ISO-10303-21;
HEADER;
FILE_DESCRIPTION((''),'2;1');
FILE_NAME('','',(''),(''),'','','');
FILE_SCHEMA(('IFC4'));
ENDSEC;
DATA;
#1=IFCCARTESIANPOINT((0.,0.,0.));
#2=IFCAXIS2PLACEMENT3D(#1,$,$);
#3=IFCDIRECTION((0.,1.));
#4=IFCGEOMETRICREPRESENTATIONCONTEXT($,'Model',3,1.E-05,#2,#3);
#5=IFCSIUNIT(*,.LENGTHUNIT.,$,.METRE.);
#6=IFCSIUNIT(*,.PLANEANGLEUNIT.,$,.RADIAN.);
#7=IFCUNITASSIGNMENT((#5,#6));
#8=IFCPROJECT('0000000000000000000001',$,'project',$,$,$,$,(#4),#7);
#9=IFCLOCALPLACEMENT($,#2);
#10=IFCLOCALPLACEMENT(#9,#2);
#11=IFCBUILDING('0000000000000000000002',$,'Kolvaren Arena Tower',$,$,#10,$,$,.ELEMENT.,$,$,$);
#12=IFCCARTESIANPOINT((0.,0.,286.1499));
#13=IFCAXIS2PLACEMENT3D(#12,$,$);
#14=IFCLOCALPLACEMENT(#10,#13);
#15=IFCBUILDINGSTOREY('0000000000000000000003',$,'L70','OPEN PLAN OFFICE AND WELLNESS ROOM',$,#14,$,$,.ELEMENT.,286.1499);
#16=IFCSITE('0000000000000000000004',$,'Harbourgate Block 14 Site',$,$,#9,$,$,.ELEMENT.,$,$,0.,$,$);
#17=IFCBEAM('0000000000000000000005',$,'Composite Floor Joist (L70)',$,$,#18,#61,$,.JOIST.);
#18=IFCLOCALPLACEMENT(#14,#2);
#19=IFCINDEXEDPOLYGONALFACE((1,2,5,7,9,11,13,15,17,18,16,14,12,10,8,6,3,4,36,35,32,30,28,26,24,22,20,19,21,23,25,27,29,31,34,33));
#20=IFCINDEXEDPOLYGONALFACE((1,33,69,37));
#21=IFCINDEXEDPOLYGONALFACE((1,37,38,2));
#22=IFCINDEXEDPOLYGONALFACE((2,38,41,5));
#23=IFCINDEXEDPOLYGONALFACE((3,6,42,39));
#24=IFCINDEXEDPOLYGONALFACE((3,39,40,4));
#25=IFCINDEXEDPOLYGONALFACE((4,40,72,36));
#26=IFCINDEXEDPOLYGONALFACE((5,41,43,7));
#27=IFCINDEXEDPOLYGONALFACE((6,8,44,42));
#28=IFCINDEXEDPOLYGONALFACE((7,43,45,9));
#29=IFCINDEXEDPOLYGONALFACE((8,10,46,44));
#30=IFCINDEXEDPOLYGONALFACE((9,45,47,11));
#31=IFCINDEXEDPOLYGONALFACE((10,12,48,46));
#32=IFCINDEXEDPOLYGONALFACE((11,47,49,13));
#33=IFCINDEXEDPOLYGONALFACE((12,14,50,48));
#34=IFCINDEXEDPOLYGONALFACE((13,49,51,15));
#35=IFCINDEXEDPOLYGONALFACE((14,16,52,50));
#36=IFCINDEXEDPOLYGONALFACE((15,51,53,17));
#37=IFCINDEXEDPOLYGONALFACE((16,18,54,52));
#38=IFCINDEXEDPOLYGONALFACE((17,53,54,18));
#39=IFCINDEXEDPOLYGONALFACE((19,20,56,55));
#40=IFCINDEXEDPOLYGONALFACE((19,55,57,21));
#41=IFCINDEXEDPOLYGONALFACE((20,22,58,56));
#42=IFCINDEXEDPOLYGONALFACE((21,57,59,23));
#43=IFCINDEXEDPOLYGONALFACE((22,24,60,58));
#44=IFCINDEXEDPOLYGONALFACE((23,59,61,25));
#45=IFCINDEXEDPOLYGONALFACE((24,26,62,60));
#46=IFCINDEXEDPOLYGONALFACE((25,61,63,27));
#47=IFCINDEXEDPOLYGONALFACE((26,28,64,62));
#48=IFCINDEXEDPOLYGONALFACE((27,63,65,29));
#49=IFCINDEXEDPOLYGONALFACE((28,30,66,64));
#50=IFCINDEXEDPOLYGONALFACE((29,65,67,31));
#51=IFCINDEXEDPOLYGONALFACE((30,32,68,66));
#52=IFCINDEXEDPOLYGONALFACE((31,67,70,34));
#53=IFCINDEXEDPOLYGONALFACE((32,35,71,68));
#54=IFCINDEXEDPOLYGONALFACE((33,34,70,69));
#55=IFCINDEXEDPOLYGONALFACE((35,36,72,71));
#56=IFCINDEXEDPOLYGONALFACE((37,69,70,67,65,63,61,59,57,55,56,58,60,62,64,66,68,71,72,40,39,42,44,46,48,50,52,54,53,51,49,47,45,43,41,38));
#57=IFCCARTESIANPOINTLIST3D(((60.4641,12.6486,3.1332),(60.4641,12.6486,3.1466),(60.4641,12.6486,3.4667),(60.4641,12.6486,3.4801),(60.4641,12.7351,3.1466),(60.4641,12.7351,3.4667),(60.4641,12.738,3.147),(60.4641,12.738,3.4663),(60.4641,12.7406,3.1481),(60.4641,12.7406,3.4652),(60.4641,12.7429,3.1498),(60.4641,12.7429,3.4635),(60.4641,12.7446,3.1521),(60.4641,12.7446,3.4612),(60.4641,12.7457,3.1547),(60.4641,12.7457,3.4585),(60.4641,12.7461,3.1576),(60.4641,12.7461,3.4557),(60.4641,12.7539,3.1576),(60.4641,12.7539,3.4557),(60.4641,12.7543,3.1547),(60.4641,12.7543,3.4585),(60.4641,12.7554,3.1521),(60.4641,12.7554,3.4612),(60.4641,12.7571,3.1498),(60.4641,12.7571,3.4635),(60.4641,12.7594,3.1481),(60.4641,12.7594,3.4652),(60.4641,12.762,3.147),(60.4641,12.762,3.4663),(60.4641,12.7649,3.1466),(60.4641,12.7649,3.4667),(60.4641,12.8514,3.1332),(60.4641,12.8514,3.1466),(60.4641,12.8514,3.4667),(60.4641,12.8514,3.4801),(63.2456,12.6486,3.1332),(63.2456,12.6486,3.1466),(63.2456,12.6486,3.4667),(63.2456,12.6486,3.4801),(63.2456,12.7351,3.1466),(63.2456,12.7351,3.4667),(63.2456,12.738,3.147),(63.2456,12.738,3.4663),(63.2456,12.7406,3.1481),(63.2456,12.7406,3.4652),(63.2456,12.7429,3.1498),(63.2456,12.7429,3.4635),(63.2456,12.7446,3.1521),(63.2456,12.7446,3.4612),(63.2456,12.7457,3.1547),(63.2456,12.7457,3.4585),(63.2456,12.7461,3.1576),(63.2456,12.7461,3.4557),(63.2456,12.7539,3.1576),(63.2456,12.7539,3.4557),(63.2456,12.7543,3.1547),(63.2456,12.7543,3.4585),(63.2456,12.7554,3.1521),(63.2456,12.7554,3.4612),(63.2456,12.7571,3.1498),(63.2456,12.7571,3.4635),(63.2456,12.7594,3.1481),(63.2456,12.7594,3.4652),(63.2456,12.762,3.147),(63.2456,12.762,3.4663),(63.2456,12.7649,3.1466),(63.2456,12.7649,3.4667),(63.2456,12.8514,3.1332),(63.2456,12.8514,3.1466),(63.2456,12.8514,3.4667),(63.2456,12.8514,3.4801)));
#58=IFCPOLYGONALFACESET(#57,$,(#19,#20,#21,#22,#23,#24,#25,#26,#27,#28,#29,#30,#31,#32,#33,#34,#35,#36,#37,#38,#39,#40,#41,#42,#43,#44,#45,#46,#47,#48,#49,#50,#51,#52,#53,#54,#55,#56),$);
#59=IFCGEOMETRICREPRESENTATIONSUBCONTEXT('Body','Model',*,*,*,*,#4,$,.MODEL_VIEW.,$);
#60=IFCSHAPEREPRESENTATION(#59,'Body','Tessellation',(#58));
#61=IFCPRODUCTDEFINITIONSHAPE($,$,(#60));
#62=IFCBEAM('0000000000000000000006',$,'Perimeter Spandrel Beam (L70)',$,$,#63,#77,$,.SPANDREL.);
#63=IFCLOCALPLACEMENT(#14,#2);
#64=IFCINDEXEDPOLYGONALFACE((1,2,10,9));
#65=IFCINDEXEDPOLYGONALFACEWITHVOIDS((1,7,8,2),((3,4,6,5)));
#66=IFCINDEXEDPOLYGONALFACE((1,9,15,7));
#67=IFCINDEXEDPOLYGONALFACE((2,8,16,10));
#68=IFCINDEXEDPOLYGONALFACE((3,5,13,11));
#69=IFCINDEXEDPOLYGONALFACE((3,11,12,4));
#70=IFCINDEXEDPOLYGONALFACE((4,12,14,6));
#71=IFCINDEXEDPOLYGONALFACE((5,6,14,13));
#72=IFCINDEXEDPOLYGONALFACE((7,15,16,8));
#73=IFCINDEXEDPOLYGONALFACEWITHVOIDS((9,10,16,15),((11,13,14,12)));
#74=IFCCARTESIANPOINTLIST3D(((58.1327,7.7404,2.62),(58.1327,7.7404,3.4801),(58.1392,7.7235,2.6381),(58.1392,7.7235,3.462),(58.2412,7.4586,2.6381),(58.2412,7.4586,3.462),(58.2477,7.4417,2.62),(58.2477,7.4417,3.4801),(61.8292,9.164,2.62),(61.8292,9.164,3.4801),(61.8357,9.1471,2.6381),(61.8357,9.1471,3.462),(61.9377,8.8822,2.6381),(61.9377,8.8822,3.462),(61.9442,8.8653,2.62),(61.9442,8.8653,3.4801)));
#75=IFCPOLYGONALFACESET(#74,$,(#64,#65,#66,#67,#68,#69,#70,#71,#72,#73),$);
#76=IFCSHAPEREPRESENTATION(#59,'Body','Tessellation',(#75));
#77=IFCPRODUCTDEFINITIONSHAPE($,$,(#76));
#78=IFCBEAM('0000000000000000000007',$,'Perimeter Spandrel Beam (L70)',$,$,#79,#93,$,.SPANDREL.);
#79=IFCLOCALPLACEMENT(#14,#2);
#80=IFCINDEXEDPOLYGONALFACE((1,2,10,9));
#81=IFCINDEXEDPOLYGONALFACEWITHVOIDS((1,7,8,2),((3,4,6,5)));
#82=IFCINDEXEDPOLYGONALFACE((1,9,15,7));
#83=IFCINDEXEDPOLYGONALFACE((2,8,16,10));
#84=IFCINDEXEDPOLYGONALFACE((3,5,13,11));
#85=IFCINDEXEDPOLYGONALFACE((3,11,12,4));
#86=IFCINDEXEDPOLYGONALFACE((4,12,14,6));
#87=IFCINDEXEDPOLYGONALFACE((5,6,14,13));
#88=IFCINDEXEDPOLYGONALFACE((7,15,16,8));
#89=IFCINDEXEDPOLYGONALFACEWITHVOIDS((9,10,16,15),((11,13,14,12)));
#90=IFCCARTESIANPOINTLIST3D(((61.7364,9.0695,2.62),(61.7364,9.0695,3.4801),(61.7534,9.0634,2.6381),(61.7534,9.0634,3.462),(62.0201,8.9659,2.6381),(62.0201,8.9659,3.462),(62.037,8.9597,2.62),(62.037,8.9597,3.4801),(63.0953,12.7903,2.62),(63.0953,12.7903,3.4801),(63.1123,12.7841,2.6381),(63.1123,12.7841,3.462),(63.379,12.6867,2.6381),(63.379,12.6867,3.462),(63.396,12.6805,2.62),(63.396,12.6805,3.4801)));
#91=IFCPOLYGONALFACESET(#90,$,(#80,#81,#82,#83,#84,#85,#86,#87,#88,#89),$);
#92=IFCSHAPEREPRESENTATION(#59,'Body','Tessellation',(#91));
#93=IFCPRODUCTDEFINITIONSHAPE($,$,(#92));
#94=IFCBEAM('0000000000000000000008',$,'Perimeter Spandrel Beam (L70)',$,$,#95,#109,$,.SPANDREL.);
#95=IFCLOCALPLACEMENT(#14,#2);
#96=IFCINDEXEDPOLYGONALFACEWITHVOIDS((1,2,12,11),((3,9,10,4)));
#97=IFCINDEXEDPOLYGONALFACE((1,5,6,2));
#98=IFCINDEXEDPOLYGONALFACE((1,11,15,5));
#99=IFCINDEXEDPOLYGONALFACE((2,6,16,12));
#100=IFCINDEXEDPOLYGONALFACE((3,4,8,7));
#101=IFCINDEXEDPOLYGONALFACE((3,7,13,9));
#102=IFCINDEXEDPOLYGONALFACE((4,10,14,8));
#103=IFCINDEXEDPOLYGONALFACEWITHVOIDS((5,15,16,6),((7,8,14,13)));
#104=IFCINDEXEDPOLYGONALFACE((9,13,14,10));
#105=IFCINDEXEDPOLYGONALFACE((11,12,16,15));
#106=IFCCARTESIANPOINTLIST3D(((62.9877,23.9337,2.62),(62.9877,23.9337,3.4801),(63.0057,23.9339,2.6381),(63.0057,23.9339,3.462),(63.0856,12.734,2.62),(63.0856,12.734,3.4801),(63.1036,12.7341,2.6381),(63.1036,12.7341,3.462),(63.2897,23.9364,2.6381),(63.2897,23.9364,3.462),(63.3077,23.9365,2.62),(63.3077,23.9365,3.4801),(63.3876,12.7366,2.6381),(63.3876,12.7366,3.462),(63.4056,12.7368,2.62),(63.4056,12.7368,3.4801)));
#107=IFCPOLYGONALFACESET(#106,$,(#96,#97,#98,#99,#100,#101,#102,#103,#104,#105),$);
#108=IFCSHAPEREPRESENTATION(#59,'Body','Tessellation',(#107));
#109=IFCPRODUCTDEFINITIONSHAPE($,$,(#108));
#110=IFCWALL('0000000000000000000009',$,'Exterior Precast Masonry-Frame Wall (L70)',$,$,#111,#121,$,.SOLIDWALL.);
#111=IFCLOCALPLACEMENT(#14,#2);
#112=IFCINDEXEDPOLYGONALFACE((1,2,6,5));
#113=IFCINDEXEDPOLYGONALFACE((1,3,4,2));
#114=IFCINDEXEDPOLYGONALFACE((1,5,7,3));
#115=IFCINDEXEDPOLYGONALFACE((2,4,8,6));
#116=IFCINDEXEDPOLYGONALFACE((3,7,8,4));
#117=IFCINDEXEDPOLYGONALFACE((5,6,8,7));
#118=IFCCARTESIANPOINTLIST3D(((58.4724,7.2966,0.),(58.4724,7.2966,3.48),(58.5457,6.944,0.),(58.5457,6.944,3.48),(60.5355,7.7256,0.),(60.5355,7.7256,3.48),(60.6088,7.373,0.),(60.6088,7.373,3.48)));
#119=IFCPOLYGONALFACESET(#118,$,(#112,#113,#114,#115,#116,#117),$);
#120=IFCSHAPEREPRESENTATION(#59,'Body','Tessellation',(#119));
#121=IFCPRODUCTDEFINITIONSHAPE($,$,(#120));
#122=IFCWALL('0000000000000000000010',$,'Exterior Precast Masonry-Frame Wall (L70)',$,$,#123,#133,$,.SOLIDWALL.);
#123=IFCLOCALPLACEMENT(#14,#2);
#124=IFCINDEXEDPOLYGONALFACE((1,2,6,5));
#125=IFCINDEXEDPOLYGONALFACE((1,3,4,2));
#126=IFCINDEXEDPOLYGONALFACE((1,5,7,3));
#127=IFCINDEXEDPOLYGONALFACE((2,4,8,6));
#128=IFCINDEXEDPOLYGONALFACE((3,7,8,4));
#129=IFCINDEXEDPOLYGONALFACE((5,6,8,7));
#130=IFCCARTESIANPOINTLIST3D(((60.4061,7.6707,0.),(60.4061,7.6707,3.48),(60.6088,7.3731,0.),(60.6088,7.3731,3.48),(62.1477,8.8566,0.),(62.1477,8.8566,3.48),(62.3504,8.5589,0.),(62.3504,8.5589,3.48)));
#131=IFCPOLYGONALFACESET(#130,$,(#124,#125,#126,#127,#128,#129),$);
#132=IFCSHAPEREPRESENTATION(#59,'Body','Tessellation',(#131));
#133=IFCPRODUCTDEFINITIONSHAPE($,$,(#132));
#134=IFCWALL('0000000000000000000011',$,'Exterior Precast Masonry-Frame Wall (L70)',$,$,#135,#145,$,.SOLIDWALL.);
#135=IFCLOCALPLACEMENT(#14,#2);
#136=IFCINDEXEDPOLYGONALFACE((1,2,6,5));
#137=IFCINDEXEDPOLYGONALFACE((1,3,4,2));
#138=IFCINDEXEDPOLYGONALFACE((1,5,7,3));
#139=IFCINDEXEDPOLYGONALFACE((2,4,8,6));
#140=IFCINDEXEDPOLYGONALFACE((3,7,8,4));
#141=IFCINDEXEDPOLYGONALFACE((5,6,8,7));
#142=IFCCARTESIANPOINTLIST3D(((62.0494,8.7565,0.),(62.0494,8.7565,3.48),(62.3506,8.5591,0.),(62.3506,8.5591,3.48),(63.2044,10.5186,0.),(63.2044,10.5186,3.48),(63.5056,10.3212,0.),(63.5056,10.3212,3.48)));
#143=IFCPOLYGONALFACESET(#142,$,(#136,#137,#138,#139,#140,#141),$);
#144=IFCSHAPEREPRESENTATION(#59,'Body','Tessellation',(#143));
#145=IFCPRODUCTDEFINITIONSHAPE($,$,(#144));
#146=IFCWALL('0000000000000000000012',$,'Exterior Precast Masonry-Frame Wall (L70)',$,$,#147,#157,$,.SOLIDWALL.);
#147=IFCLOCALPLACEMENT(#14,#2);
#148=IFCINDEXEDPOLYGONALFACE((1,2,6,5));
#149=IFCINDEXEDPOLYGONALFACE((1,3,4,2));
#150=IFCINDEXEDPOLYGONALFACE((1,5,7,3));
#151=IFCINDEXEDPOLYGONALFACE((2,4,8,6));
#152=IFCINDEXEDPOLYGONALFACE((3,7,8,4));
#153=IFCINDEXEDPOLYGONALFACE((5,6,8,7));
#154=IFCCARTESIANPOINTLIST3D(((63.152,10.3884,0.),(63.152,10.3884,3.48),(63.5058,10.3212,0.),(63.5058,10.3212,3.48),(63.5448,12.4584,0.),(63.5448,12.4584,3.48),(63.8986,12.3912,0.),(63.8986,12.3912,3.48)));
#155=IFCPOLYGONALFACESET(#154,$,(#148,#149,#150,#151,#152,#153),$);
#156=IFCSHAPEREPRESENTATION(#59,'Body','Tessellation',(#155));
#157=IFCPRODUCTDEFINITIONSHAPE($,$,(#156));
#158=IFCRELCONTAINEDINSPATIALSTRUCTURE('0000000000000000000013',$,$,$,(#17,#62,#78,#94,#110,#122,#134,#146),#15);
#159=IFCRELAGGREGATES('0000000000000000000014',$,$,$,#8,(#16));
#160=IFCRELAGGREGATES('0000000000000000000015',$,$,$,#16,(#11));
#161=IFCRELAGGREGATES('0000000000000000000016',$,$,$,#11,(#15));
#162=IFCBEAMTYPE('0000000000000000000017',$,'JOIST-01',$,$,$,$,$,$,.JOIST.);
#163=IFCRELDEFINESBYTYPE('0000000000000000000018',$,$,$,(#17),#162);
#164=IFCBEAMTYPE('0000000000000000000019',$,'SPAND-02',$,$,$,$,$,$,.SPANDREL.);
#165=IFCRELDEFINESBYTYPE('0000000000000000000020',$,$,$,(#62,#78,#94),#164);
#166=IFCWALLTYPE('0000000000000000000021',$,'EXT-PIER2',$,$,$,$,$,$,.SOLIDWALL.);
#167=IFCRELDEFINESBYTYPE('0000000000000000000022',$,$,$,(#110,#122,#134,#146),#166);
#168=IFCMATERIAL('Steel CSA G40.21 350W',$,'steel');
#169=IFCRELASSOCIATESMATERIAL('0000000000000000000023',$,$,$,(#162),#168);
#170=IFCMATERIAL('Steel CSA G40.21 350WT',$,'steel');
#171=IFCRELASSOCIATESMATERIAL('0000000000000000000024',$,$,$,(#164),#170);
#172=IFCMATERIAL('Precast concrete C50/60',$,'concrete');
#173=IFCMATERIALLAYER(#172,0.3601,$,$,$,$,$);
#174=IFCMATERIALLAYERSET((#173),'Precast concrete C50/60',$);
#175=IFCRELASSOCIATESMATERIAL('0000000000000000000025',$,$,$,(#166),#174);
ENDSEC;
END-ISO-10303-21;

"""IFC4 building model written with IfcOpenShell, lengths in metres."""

from ifc_helpers import new_model, si_unit, direction, frame, frame_2d, origin, origin_2d, place, context, subcontext, project, spatial, rectangle, hollow_rectangle, i_section, extrude, material, layer, layer_set, material_profile, profile_set, type_object, element, save


model = new_model("IFC4")

# Units and contexts
model_context = context("Model", 3, precision=1e-05, world=origin(), true_north=direction((0.0, 1.0)))
body_context = subcontext(model_context, "Body", "Model", "MODEL_VIEW")
ifc_project = project(units=[si_unit("LENGTHUNIT", "METRE"), si_unit("PLANEANGLEUNIT", "RADIAN")], contexts=[model_context])

# Site, building, storey
site_placement = place(None, origin())
site = spatial("IfcSite", under=ifc_project, at=site_placement, Name="Harbourgate Block 14 Site", CompositionType="ELEMENT", RefElevation=0.0)
building_placement = place(site_placement, origin())
building = spatial("IfcBuilding", under=site, at=building_placement, Name="Kolvaren Arena Tower", CompositionType="ELEMENT")
storey_placement = place(building_placement, frame((0.0, 0.0, 286.1499)))
storey = spatial("IfcBuildingStorey", under=building, at=storey_placement, Name="L70", Description="OPEN PLAN OFFICE AND WELLNESS ROOM", CompositionType="ELEMENT", Elevation=286.1499)

# Shared definitions
ifc_material_1 = material(Name="Precast concrete C50/60", Category="concrete")

# Beams
ifc_material_2 = material(Name="Steel CSA G40.21 350W", Category="steel")
ifc_material_profile_1 = material_profile(ifc_material_2, i_section(OverallWidth=0.2029, OverallDepth=0.3469, WebThickness=0.0078, FlangeThickness=0.0134, FilletRadius=0.011, at=origin_2d()), Name="W360x64")
ifc_profile_set_1 = profile_set([ifc_material_profile_1], Name="Steel CSA G40.21 350W")
beam_type_1 = type_object("IfcBeamType", Name="JOIST-01", PredefinedType="JOIST", material=ifc_profile_set_1)
beam_1_placement = place(storey_placement, frame((60.4641, 12.75, 3.3066), z_axis=(1.0, 0.0, 0.0), x_axis=(0.0, 1.0, 0.0)))
element("IfcBeam", 1, at=beam_1_placement, inside=storey, type_object=beam_type_1, Name="Composite Floor Joist (L70)", PredefinedType="JOIST", context=body_context, shape_type="SweptSolid", body=[
    extrude(i_section(OverallWidth=0.2029, OverallDepth=0.3469, WebThickness=0.0078, FlangeThickness=0.0134, FilletRadius=0.011, at=origin_2d()), origin(), (0.0, 0.0, 1.0), 2.7815),
])
ifc_material_3 = material(Name="Steel CSA G40.21 350WT", Category="steel")
ifc_material_profile_2 = material_profile(ifc_material_3, hollow_rectangle(XDim=0.3201, YDim=0.8601, WallThickness=0.0181, at=origin_2d()), Name="HSS 860x320x18")
ifc_profile_set_2 = profile_set([ifc_material_profile_2], Name="Steel CSA G40.21 350WT")
beam_type_2 = type_object("IfcBeamType", Name="SPAND-02", PredefinedType="SPANDREL", material=ifc_profile_set_2)
for number, where, z_axis, x_axis, name in (
    (2, (58.1902, 7.5911, 3.05), (0.93319, 0.359384, 0.0), (-0.359384, 0.93319, 0.0), "Perimeter Spandrel Beam (L70)"),
    (3, (61.8867, 9.0146, 3.05), (0.343059, 0.939314, 0.0), (-0.939314, 0.343059, 0.0), "Perimeter Spandrel Beam (L70)"),
):
    element("IfcBeam", number, at=place(storey_placement, frame(where, z_axis=z_axis, x_axis=x_axis)), inside=storey, type_object=beam_type_2, Name=name, PredefinedType="SPANDREL", context=body_context, shape_type="SweptSolid", body=[
        extrude(hollow_rectangle(XDim=0.3201, YDim=0.8601, WallThickness=0.0181, at=origin_2d()), origin(), (0.0, 0.0, 1.0), 3.9612),
    ])
beam_2_placement = place(storey_placement, frame((63.2456, 12.7354, 3.05), z_axis=(-0.008741, 0.999962, 0.0), x_axis=(-0.999962, -0.008741, 0.0)))
element("IfcBeam", 4, at=beam_2_placement, inside=storey, type_object=beam_type_2, Name="Perimeter Spandrel Beam (L70)", PredefinedType="SPANDREL", context=body_context, shape_type="SweptSolid", body=[
    extrude(hollow_rectangle(XDim=0.3201, YDim=0.8601, WallThickness=0.0181, at=origin_2d()), origin(), (0.0, 0.0, 1.0), 11.2002),
])

# Walls
ifc_layer_1 = layer(ifc_material_1, 0.3601)
ifc_layer_set_1 = layer_set([ifc_layer_1], Name="Precast concrete C50/60")
wall_type_1 = type_object("IfcWallType", Name="EXT-PIER2", PredefinedType="SOLIDWALL", material=ifc_layer_set_1)
wall_1_placement = place(storey_placement, frame((60.5723, 7.5493, 0.0), z_axis=(0.0, 0.0, 1.0), x_axis=(-0.979059, -0.203575, 0.0)))
element("IfcWall", 5, at=wall_1_placement, inside=storey, type_object=wall_type_1, Name="Exterior Precast Masonry-Frame Wall (L70)", PredefinedType="SOLIDWALL", context=body_context, shape_type="SweptSolid", body=[
    extrude(rectangle(XDim=2.1072, YDim=0.3601, at=frame_2d((1.0537, 0.0))), origin(), (0.0, 0.0, 1.0), 3.48),
])
for number, where, z_axis, x_axis, name in (
    (6, (62.249, 8.7078, 0.0), (0.0, 0.0, 1.0), (-0.826573, -0.56283, 0.0), "Exterior Precast Masonry-Frame Wall (L70)"),
    (7, (63.355, 10.4199, 0.0), (0.0, 0.0, 1.0), (-0.548186, -0.836357, 0.0), "Exterior Precast Masonry-Frame Wall (L70)"),
    (8, (63.7217, 12.4248, 0.0), (0.0, 0.0, 1.0), (-0.186436, -0.982467, 0.0), "Exterior Precast Masonry-Frame Wall (L70)"),
):
    element("IfcWall", number, at=place(storey_placement, frame(where, z_axis=z_axis, x_axis=x_axis)), inside=storey, type_object=wall_type_1, Name=name, PredefinedType="SOLIDWALL", context=body_context, shape_type="SweptSolid", body=[
        extrude(rectangle(XDim=2.1069, YDim=0.3601, at=frame_2d((1.0535, 0.0))), origin(), (0.0, 0.0, 1.0), 3.48),
    ])

save(model, "model.ifc")
